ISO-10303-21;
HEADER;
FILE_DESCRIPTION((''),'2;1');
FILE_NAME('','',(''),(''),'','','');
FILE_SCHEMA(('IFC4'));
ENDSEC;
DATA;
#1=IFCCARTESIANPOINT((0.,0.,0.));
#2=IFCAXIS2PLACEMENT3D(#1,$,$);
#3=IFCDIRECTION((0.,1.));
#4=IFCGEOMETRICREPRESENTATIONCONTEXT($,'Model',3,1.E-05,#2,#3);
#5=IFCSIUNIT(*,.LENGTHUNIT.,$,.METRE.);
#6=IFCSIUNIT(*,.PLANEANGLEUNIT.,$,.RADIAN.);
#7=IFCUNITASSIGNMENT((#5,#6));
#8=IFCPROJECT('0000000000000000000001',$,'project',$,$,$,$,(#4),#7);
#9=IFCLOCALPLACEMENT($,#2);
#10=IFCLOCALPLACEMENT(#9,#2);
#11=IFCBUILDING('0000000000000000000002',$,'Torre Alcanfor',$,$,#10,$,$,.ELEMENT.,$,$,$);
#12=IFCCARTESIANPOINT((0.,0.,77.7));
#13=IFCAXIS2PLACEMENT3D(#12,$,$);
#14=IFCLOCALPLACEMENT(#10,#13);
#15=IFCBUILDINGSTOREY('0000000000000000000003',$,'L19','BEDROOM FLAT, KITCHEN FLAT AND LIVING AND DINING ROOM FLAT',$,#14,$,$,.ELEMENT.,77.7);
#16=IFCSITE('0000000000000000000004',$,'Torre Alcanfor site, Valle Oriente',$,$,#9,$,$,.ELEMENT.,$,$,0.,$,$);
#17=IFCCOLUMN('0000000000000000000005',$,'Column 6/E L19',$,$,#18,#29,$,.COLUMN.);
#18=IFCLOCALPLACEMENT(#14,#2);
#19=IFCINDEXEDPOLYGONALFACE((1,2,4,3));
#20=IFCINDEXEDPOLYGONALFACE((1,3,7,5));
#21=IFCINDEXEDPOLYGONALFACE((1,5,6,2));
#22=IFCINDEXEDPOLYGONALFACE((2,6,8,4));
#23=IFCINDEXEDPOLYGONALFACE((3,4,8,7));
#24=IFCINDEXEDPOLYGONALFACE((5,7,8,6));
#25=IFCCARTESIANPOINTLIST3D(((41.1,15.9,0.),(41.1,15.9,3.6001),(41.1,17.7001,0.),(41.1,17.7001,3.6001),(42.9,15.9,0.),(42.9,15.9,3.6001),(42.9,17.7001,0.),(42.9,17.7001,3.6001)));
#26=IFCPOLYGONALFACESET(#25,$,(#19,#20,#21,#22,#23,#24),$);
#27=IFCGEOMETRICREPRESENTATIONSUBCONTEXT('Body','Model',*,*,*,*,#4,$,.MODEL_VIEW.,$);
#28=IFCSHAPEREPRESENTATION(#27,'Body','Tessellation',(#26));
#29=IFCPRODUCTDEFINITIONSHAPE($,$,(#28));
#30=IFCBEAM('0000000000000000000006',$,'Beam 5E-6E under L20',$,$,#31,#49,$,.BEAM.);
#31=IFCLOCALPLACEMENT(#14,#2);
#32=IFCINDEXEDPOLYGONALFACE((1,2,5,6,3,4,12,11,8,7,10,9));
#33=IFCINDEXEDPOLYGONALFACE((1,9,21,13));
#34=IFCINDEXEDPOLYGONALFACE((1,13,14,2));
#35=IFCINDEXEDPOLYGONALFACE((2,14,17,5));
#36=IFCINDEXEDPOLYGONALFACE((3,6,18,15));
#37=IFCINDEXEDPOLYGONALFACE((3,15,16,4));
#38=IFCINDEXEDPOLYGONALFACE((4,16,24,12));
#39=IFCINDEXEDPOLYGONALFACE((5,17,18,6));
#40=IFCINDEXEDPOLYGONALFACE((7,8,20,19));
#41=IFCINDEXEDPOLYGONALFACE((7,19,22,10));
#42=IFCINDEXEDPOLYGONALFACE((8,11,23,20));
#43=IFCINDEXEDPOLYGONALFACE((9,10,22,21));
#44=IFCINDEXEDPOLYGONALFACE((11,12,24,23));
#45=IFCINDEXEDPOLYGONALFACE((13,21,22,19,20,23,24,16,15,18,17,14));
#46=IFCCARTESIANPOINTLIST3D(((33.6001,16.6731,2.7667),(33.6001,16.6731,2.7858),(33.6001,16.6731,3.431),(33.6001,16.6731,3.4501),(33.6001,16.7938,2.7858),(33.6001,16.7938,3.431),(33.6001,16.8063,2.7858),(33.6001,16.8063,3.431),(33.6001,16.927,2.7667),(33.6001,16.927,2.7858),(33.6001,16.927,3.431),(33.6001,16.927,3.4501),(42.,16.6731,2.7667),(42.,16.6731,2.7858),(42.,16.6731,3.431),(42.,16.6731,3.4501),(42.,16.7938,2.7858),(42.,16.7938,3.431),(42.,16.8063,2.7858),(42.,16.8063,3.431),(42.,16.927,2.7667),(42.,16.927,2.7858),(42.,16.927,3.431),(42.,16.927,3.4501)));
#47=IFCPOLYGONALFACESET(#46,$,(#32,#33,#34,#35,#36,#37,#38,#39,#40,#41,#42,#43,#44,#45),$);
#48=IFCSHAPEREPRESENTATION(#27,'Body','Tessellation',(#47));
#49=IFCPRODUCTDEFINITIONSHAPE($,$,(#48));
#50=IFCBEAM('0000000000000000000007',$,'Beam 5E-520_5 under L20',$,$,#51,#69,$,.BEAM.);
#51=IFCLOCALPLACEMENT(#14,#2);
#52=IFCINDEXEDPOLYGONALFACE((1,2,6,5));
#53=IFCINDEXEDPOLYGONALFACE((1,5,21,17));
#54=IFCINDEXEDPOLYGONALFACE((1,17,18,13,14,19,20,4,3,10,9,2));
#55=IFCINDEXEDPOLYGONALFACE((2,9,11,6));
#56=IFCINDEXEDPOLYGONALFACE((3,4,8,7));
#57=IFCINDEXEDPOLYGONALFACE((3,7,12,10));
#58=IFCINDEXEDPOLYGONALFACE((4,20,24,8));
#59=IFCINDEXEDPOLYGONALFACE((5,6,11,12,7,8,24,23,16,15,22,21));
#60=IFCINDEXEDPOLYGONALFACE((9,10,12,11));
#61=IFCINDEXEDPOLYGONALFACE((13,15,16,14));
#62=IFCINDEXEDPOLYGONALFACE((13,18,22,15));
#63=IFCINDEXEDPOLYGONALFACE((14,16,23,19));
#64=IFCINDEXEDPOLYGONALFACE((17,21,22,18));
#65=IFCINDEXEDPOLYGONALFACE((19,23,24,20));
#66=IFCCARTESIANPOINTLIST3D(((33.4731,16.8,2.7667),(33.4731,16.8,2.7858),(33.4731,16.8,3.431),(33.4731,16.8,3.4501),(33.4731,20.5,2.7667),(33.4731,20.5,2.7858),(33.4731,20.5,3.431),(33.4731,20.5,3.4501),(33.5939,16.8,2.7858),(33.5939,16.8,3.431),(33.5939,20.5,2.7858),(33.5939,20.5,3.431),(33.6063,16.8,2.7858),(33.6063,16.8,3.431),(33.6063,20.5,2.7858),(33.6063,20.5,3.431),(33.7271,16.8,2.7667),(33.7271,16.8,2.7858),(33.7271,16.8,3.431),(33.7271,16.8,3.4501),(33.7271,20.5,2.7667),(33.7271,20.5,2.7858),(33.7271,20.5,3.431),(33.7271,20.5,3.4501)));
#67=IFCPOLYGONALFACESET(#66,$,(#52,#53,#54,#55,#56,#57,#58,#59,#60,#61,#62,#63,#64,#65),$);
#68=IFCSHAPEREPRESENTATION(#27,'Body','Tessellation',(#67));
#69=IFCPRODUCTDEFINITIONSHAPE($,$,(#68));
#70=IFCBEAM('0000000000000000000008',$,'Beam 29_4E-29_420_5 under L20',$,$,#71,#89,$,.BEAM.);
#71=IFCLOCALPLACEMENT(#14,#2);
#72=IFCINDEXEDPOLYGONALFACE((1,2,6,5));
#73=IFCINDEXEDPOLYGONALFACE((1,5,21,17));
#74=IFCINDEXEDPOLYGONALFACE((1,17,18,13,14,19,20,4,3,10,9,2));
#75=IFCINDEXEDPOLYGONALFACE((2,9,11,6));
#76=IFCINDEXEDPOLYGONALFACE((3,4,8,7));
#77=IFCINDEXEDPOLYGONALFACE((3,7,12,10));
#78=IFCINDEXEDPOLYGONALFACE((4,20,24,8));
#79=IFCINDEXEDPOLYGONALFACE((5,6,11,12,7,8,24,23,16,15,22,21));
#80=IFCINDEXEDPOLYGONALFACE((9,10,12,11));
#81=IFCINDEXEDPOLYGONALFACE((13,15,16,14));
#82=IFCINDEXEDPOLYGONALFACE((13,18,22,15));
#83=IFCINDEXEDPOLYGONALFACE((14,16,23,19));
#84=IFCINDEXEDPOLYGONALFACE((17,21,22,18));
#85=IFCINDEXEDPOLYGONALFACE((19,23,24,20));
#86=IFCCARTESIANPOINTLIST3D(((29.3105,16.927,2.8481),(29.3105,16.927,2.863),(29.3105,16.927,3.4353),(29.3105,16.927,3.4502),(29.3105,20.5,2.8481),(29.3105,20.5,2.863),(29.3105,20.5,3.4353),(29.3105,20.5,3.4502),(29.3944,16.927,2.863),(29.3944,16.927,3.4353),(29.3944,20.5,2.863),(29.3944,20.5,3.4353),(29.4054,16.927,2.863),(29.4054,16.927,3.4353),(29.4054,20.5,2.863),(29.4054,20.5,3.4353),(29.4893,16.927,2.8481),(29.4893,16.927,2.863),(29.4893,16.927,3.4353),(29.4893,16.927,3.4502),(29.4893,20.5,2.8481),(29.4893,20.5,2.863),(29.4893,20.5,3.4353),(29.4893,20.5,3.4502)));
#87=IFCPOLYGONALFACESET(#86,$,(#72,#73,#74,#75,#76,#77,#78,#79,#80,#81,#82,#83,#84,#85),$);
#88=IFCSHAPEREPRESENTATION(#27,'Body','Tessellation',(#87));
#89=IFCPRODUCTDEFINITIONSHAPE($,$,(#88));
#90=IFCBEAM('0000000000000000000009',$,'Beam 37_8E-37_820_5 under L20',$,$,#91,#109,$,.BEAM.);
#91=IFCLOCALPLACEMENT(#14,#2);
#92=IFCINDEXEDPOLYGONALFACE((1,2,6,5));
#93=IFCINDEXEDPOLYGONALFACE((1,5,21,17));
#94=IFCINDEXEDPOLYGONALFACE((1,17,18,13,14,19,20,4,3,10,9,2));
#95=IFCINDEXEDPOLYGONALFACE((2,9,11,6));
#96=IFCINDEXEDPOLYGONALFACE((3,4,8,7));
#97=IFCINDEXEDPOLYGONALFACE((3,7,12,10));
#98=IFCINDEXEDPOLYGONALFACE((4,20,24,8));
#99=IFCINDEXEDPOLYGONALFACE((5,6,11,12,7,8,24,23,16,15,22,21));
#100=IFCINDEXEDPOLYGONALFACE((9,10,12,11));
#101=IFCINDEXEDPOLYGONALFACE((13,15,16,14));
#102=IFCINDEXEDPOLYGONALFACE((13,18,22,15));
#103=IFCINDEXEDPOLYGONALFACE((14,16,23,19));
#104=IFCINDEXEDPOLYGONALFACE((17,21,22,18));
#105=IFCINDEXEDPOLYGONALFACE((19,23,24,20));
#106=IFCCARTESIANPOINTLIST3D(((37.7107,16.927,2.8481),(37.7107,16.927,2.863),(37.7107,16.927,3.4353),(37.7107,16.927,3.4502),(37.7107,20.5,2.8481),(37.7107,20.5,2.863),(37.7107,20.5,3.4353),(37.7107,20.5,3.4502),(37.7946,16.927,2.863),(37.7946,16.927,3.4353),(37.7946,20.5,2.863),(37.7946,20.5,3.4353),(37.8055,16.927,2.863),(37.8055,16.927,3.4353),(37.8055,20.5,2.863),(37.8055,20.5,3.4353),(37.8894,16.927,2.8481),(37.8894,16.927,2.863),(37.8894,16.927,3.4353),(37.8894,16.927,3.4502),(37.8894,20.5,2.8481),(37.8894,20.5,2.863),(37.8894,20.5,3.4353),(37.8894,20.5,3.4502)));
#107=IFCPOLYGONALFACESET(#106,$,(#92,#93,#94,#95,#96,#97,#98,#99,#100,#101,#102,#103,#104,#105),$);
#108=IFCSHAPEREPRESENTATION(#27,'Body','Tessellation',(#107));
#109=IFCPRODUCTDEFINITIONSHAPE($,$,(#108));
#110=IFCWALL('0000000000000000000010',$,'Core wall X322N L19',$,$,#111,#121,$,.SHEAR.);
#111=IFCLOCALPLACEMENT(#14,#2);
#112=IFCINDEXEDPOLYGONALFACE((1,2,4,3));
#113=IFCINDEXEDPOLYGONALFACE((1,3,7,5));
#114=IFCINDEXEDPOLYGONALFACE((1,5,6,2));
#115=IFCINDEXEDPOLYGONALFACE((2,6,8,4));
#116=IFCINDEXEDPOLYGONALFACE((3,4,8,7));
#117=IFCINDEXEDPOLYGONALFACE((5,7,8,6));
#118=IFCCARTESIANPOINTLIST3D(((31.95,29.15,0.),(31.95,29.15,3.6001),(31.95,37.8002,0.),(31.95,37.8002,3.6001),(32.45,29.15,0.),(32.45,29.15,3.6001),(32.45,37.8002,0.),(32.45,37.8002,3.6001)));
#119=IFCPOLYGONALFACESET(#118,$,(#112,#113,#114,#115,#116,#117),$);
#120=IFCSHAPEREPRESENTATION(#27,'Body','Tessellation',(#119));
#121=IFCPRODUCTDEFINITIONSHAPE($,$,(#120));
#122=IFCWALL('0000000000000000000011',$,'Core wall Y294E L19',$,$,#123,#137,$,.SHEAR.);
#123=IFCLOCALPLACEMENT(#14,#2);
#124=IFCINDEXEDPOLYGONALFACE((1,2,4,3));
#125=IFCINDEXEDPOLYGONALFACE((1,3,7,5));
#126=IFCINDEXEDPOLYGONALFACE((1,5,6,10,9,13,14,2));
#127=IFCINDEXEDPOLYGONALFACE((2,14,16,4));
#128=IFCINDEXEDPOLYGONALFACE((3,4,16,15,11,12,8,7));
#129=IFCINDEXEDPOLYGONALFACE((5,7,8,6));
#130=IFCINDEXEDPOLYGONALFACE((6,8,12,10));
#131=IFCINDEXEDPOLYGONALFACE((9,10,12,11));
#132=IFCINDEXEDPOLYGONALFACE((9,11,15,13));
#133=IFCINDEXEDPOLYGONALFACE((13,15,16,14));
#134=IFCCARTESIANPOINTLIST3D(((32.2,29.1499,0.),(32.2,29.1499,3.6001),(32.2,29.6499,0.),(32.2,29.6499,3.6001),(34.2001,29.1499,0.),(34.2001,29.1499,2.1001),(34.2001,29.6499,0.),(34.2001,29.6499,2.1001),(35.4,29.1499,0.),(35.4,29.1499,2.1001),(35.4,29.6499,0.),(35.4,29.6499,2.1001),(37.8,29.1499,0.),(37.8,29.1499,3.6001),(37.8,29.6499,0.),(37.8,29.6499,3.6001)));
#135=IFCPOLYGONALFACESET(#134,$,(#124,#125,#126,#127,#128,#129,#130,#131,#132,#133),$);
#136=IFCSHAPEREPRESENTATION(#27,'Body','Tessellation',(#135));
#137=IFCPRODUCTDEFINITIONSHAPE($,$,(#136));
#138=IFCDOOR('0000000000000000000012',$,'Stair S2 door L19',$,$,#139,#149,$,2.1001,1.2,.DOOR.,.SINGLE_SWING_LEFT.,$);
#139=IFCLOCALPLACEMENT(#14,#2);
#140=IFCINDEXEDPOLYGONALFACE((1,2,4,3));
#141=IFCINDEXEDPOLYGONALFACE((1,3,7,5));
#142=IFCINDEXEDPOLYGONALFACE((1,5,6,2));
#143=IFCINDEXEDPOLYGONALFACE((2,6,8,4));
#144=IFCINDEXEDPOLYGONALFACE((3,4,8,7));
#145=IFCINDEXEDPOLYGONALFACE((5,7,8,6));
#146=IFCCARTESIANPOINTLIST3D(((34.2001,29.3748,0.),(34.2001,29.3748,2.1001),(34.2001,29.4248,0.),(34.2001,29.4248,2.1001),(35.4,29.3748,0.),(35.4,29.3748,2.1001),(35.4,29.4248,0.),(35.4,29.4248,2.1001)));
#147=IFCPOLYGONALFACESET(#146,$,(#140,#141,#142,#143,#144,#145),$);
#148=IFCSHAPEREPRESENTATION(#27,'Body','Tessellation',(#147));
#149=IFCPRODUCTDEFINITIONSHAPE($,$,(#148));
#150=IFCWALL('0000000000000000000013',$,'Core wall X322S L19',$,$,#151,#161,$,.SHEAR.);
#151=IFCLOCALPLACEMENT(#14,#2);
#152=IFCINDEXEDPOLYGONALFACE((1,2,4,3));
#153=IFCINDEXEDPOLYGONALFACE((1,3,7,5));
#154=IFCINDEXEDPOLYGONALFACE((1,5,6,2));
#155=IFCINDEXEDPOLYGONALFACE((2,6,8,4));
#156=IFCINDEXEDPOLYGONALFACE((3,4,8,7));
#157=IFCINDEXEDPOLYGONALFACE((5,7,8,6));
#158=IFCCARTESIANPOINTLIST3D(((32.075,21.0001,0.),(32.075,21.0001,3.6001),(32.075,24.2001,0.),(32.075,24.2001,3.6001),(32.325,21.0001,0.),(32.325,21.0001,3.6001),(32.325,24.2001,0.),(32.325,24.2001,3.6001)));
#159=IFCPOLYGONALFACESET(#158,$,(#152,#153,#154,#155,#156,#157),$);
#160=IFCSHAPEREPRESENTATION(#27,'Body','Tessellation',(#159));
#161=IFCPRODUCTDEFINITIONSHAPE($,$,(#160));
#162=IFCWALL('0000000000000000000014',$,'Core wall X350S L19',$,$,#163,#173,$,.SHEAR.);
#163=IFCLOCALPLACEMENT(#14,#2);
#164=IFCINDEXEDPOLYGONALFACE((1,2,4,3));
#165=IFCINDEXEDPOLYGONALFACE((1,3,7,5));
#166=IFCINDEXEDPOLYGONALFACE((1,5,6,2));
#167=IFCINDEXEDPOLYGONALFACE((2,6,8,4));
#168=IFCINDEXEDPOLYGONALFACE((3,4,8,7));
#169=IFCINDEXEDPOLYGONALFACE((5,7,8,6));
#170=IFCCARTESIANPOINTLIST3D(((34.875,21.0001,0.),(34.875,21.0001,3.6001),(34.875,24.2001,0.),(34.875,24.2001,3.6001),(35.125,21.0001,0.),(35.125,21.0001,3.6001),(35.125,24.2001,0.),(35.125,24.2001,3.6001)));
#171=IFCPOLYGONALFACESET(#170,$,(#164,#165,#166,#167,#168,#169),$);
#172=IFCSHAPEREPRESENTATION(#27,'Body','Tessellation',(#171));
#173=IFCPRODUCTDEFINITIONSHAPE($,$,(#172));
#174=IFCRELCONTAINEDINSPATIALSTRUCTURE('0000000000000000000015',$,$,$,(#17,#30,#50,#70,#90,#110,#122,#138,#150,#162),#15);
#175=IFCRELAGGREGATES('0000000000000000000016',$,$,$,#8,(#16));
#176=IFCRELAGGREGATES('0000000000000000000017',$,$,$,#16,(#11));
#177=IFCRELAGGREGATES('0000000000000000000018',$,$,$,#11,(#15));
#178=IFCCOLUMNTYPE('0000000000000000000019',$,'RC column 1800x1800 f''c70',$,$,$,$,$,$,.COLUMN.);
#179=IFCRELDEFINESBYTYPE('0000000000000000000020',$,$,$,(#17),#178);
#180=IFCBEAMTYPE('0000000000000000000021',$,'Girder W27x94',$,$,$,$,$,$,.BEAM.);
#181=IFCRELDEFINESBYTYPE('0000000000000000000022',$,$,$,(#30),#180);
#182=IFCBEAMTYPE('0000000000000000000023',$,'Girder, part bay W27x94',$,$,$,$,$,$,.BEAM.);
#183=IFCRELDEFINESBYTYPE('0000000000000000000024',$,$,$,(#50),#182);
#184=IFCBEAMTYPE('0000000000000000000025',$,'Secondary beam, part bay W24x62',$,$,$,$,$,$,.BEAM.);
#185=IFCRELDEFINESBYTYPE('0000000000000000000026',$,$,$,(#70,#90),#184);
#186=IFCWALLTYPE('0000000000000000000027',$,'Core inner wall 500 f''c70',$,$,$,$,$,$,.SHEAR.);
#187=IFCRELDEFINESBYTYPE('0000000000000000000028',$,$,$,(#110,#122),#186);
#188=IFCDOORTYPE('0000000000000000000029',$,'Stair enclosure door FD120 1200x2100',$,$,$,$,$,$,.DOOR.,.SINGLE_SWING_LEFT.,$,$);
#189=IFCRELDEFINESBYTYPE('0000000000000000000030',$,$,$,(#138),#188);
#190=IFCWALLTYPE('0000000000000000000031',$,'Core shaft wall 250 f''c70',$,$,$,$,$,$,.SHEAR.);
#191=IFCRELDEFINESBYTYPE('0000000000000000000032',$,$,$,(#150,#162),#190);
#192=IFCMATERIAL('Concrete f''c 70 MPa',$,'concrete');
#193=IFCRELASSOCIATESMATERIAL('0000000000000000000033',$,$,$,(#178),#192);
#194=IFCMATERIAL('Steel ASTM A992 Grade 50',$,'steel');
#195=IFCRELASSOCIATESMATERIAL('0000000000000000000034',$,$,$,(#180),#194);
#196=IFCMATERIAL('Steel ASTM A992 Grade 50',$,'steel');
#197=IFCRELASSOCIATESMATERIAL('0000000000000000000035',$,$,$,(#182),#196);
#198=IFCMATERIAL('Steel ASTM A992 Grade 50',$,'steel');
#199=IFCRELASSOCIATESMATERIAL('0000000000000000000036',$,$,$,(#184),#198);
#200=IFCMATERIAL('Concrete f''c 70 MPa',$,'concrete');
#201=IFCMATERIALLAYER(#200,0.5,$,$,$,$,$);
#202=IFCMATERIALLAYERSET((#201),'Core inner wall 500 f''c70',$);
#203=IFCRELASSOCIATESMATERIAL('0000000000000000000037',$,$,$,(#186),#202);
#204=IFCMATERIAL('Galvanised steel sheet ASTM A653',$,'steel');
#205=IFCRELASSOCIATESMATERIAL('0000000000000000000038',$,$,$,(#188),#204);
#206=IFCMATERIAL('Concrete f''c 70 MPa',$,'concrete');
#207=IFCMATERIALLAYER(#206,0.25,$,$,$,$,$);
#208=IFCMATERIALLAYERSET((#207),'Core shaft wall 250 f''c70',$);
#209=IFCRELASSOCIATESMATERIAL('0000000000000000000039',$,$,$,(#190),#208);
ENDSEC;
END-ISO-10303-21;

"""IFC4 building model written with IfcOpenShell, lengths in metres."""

from ifc_helpers import new_model, si_unit, direction, frame, frame_2d, origin, origin_2d, place, context, subcontext, project, spatial, rectangle, i_section, extrude, material, layer, layer_set, material_profile, profile_set, type_object, element, fill, save


model = new_model("IFC4")

# Units and contexts
model_context = context("Model", 3, precision=1e-05, world=origin(), true_north=direction((0.0, 1.0)))
body_context = subcontext(model_context, "Body", "Model", "MODEL_VIEW")
ifc_project = project(units=[si_unit("LENGTHUNIT", "METRE"), si_unit("PLANEANGLEUNIT", "RADIAN")], contexts=[model_context])

# Site, building, storey
site_placement = place(None, origin())
site = spatial("IfcSite", under=ifc_project, at=site_placement, Name="Torre Alcanfor site, Valle Oriente", CompositionType="ELEMENT", RefElevation=0.0)
building_placement = place(site_placement, origin())
building = spatial("IfcBuilding", under=site, at=building_placement, Name="Torre Alcanfor", CompositionType="ELEMENT")
storey_placement = place(building_placement, frame((0.0, 0.0, 77.7)))
storey = spatial("IfcBuildingStorey", under=building, at=storey_placement, Name="L19", Description="BEDROOM FLAT, KITCHEN FLAT AND LIVING AND DINING ROOM FLAT", CompositionType="ELEMENT", Elevation=77.7)

# Column
ifc_material_1 = material(Name="Concrete f'c 70 MPa", Category="concrete")
ifc_material_profile_1 = material_profile(ifc_material_1, rectangle(XDim=1.8, YDim=1.8, at=origin_2d()), Name="1800x1800")
ifc_profile_set_1 = profile_set([ifc_material_profile_1], Name="Concrete f'c 70 MPa")
column_type = type_object("IfcColumnType", Name="RC column 1800x1800 f'c70", PredefinedType="COLUMN", material=ifc_profile_set_1)
column_placement = place(storey_placement, frame((42.0, 16.8, 0.0), z_axis=(0.0, 0.0, 1.0), x_axis=(1.0, 0.0, 0.0)))
element("IfcColumn", 1, at=column_placement, inside=storey, type_object=column_type, Name="Column 6/E L19", PredefinedType="COLUMN", context=body_context, shape_type="SweptSolid", body=[
    extrude(rectangle(XDim=1.8, YDim=1.8, at=origin_2d()), origin(), (0.0, 0.0, 1.0), 3.6001),
])

# Beams
ifc_material_2 = material(Name="Steel ASTM A992 Grade 50", Category="steel")
ifc_material_profile_2 = material_profile(ifc_material_2, i_section(OverallWidth=0.2539, OverallDepth=0.6833, WebThickness=0.0125, FlangeThickness=0.019, at=origin_2d()), Name="W27x94")
ifc_profile_set_2 = profile_set([ifc_material_profile_2], Name="Steel ASTM A992 Grade 50")
beam_type_1 = type_object("IfcBeamType", Name="Girder W27x94", PredefinedType="BEAM", material=ifc_profile_set_2)
beam_1_placement = place(storey_placement, frame((33.6001, 16.8, 3.1084), z_axis=(1.0, 0.0, 0.0), x_axis=(0.0, 1.0, 0.0)))
element("IfcBeam", 2, at=beam_1_placement, inside=storey, type_object=beam_type_1, Name="Beam 5E-6E under L20", PredefinedType="BEAM", context=body_context, shape_type="SweptSolid", body=[
    extrude(i_section(OverallWidth=0.2539, OverallDepth=0.6833, WebThickness=0.0125, FlangeThickness=0.019, at=origin_2d()), origin(), (0.0, 0.0, 1.0), 8.3999),
])
ifc_material_3 = material(Name="Steel ASTM A992 Grade 50", Category="steel")
ifc_material_profile_3 = material_profile(ifc_material_3, i_section(OverallWidth=0.2539, OverallDepth=0.6833, WebThickness=0.0125, FlangeThickness=0.019, at=origin_2d()), Name="W27x94")
ifc_profile_set_3 = profile_set([ifc_material_profile_3], Name="Steel ASTM A992 Grade 50")
beam_type_2 = type_object("IfcBeamType", Name="Girder, part bay W27x94", PredefinedType="BEAM", material=ifc_profile_set_3)
beam_2_placement = place(storey_placement, frame((33.6001, 16.8, 3.1084), z_axis=(0.0, 1.0, 0.0), x_axis=(-1.0, 0.0, 0.0)))
element("IfcBeam", 3, at=beam_2_placement, inside=storey, type_object=beam_type_2, Name="Beam 5E-520_5 under L20", PredefinedType="BEAM", context=body_context, shape_type="SweptSolid", body=[
    extrude(i_section(OverallWidth=0.2539, OverallDepth=0.6833, WebThickness=0.0125, FlangeThickness=0.019, at=origin_2d()), origin(), (0.0, 0.0, 1.0), 3.7),
])
ifc_material_4 = material(Name="Steel ASTM A992 Grade 50", Category="steel")
ifc_material_profile_4 = material_profile(ifc_material_4, i_section(OverallWidth=0.1787, OverallDepth=0.6021, WebThickness=0.011, FlangeThickness=0.0149, at=origin_2d()), Name="W24x62")
ifc_profile_set_4 = profile_set([ifc_material_profile_4], Name="Steel ASTM A992 Grade 50")
beam_type_3 = type_object("IfcBeamType", Name="Secondary beam, part bay W24x62", PredefinedType="BEAM", material=ifc_profile_set_4)
for number, where, z_axis, x_axis, name in (
    (4, (29.3999, 16.927, 3.1492), (0.0, 1.0, 0.0), (-1.0, 0.0, 0.0), "Beam 29_4E-29_420_5 under L20"),
    (5, (37.8, 16.927, 3.1492), (0.0, 1.0, 0.0), (-1.0, 0.0, 0.0), "Beam 37_8E-37_820_5 under L20"),
):
    element("IfcBeam", number, at=place(storey_placement, frame(where, z_axis=z_axis, x_axis=x_axis)), inside=storey, type_object=beam_type_3, Name=name, PredefinedType="BEAM", context=body_context, shape_type="SweptSolid", body=[
        extrude(i_section(OverallWidth=0.1787, OverallDepth=0.6021, WebThickness=0.011, FlangeThickness=0.0149, at=origin_2d()), origin(), (0.0, 0.0, 1.0), 3.573),
    ])

# Wall
ifc_material_5 = material(Name="Concrete f'c 70 MPa", Category="concrete")
ifc_layer_1 = layer(ifc_material_5, 0.5)
ifc_layer_set_1 = layer_set([ifc_layer_1], Name="Core inner wall 500 f'c70")
wall_type_1 = type_object("IfcWallType", Name="Core inner wall 500 f'c70", PredefinedType="SHEAR", material=ifc_layer_set_1)
wall_1_placement = place(storey_placement, frame((32.2, 29.1499, 0.0), z_axis=(0.0, 0.0, 1.0), x_axis=(0.0, 1.0, 0.0)))
element("IfcWall", 6, at=wall_1_placement, inside=storey, type_object=wall_type_1, Name="Core wall X322N L19", PredefinedType="SHEAR", context=body_context, shape_type="SweptSolid", body=[
    extrude(rectangle(XDim=8.6501, YDim=0.5, at=frame_2d((4.3252, 0.0))), origin(), (0.0, 0.0, 1.0), 3.6001),
])

# Wall, opening, door
wall_2_placement = place(storey_placement, frame((32.2, 29.3999, 0.0), z_axis=(0.0, 0.0, 1.0), x_axis=(1.0, 0.0, 0.0)))
wall_2 = element("IfcWall", 7, at=wall_2_placement, inside=storey, type_object=wall_type_1, Name="Core wall Y294E L19", PredefinedType="SHEAR", context=body_context, shape_type="SweptSolid", body=[
    extrude(rectangle(XDim=5.6001, YDim=0.5, at=frame_2d((2.8, 0.0))), origin(), (0.0, 0.0, 1.0), 3.6001),
])
opening_1_placement = place(wall_2_placement, frame((2.0, 0.0, 0.0)))
opening_1 = element("IfcOpeningElement", 8, at=opening_1_placement, cuts=wall_2, PredefinedType="OPENING", context=body_context, shape_type="SweptSolid", body=[
    extrude(rectangle(XDim=1.2, YDim=2.1001, at=frame_2d((0.6001, 1.05))), frame((0.0, 0.26, 0.0), z_axis=(0.0, -1.0, 0.0), x_axis=(1.0, 0.0, 0.0)), (0.0, 0.0, 1.0), 0.52),
])
ifc_material_6 = material(Name="Galvanised steel sheet ASTM A653", Category="steel")
door_type_1 = type_object("IfcDoorType", Name="Stair enclosure door FD120 1200x2100", OperationType="SINGLE_SWING_LEFT", PredefinedType="DOOR", material=ifc_material_6)
door_1_placement = place(opening_1_placement, origin())
door_1 = element("IfcDoor", 9, at=door_1_placement, inside=storey, type_object=door_type_1, Name="Stair S2 door L19", OperationType="SINGLE_SWING_LEFT", OverallHeight=2.1001, OverallWidth=1.2, PredefinedType="DOOR", context=body_context, shape_type="SweptSolid", body=[
    extrude(rectangle(XDim=1.2, YDim=2.1001, at=frame_2d((0.6001, 1.05))), frame((0.0, 0.0249, 0.0), z_axis=(0.0, -1.0, 0.0), x_axis=(1.0, 0.0, 0.0)), (0.0, 0.0, 1.0), 0.05),
])
fill(opening_1, door_1)

# Walls
ifc_material_7 = material(Name="Concrete f'c 70 MPa", Category="concrete")
ifc_layer_2 = layer(ifc_material_7, 0.25)
ifc_layer_set_2 = layer_set([ifc_layer_2], Name="Core shaft wall 250 f'c70")
wall_type_2 = type_object("IfcWallType", Name="Core shaft wall 250 f'c70", PredefinedType="SHEAR", material=ifc_layer_set_2)
for number, where, z_axis, x_axis, name in (
    (10, (32.2, 21.0, 0.0), (0.0, 0.0, 1.0), (0.0, 1.0, 0.0), "Core wall X322S L19"),
    (11, (35.0, 21.0, 0.0), (0.0, 0.0, 1.0), (0.0, 1.0, 0.0), "Core wall X350S L19"),
):
    element("IfcWall", number, at=place(storey_placement, frame(where, z_axis=z_axis, x_axis=x_axis)), inside=storey, type_object=wall_type_2, Name=name, PredefinedType="SHEAR", context=body_context, shape_type="SweptSolid", body=[
        extrude(rectangle(XDim=3.2, YDim=0.25, at=frame_2d((1.6001, 0.0))), origin(), (0.0, 0.0, 1.0), 3.6001),
    ])

save(model, "model.ifc")
